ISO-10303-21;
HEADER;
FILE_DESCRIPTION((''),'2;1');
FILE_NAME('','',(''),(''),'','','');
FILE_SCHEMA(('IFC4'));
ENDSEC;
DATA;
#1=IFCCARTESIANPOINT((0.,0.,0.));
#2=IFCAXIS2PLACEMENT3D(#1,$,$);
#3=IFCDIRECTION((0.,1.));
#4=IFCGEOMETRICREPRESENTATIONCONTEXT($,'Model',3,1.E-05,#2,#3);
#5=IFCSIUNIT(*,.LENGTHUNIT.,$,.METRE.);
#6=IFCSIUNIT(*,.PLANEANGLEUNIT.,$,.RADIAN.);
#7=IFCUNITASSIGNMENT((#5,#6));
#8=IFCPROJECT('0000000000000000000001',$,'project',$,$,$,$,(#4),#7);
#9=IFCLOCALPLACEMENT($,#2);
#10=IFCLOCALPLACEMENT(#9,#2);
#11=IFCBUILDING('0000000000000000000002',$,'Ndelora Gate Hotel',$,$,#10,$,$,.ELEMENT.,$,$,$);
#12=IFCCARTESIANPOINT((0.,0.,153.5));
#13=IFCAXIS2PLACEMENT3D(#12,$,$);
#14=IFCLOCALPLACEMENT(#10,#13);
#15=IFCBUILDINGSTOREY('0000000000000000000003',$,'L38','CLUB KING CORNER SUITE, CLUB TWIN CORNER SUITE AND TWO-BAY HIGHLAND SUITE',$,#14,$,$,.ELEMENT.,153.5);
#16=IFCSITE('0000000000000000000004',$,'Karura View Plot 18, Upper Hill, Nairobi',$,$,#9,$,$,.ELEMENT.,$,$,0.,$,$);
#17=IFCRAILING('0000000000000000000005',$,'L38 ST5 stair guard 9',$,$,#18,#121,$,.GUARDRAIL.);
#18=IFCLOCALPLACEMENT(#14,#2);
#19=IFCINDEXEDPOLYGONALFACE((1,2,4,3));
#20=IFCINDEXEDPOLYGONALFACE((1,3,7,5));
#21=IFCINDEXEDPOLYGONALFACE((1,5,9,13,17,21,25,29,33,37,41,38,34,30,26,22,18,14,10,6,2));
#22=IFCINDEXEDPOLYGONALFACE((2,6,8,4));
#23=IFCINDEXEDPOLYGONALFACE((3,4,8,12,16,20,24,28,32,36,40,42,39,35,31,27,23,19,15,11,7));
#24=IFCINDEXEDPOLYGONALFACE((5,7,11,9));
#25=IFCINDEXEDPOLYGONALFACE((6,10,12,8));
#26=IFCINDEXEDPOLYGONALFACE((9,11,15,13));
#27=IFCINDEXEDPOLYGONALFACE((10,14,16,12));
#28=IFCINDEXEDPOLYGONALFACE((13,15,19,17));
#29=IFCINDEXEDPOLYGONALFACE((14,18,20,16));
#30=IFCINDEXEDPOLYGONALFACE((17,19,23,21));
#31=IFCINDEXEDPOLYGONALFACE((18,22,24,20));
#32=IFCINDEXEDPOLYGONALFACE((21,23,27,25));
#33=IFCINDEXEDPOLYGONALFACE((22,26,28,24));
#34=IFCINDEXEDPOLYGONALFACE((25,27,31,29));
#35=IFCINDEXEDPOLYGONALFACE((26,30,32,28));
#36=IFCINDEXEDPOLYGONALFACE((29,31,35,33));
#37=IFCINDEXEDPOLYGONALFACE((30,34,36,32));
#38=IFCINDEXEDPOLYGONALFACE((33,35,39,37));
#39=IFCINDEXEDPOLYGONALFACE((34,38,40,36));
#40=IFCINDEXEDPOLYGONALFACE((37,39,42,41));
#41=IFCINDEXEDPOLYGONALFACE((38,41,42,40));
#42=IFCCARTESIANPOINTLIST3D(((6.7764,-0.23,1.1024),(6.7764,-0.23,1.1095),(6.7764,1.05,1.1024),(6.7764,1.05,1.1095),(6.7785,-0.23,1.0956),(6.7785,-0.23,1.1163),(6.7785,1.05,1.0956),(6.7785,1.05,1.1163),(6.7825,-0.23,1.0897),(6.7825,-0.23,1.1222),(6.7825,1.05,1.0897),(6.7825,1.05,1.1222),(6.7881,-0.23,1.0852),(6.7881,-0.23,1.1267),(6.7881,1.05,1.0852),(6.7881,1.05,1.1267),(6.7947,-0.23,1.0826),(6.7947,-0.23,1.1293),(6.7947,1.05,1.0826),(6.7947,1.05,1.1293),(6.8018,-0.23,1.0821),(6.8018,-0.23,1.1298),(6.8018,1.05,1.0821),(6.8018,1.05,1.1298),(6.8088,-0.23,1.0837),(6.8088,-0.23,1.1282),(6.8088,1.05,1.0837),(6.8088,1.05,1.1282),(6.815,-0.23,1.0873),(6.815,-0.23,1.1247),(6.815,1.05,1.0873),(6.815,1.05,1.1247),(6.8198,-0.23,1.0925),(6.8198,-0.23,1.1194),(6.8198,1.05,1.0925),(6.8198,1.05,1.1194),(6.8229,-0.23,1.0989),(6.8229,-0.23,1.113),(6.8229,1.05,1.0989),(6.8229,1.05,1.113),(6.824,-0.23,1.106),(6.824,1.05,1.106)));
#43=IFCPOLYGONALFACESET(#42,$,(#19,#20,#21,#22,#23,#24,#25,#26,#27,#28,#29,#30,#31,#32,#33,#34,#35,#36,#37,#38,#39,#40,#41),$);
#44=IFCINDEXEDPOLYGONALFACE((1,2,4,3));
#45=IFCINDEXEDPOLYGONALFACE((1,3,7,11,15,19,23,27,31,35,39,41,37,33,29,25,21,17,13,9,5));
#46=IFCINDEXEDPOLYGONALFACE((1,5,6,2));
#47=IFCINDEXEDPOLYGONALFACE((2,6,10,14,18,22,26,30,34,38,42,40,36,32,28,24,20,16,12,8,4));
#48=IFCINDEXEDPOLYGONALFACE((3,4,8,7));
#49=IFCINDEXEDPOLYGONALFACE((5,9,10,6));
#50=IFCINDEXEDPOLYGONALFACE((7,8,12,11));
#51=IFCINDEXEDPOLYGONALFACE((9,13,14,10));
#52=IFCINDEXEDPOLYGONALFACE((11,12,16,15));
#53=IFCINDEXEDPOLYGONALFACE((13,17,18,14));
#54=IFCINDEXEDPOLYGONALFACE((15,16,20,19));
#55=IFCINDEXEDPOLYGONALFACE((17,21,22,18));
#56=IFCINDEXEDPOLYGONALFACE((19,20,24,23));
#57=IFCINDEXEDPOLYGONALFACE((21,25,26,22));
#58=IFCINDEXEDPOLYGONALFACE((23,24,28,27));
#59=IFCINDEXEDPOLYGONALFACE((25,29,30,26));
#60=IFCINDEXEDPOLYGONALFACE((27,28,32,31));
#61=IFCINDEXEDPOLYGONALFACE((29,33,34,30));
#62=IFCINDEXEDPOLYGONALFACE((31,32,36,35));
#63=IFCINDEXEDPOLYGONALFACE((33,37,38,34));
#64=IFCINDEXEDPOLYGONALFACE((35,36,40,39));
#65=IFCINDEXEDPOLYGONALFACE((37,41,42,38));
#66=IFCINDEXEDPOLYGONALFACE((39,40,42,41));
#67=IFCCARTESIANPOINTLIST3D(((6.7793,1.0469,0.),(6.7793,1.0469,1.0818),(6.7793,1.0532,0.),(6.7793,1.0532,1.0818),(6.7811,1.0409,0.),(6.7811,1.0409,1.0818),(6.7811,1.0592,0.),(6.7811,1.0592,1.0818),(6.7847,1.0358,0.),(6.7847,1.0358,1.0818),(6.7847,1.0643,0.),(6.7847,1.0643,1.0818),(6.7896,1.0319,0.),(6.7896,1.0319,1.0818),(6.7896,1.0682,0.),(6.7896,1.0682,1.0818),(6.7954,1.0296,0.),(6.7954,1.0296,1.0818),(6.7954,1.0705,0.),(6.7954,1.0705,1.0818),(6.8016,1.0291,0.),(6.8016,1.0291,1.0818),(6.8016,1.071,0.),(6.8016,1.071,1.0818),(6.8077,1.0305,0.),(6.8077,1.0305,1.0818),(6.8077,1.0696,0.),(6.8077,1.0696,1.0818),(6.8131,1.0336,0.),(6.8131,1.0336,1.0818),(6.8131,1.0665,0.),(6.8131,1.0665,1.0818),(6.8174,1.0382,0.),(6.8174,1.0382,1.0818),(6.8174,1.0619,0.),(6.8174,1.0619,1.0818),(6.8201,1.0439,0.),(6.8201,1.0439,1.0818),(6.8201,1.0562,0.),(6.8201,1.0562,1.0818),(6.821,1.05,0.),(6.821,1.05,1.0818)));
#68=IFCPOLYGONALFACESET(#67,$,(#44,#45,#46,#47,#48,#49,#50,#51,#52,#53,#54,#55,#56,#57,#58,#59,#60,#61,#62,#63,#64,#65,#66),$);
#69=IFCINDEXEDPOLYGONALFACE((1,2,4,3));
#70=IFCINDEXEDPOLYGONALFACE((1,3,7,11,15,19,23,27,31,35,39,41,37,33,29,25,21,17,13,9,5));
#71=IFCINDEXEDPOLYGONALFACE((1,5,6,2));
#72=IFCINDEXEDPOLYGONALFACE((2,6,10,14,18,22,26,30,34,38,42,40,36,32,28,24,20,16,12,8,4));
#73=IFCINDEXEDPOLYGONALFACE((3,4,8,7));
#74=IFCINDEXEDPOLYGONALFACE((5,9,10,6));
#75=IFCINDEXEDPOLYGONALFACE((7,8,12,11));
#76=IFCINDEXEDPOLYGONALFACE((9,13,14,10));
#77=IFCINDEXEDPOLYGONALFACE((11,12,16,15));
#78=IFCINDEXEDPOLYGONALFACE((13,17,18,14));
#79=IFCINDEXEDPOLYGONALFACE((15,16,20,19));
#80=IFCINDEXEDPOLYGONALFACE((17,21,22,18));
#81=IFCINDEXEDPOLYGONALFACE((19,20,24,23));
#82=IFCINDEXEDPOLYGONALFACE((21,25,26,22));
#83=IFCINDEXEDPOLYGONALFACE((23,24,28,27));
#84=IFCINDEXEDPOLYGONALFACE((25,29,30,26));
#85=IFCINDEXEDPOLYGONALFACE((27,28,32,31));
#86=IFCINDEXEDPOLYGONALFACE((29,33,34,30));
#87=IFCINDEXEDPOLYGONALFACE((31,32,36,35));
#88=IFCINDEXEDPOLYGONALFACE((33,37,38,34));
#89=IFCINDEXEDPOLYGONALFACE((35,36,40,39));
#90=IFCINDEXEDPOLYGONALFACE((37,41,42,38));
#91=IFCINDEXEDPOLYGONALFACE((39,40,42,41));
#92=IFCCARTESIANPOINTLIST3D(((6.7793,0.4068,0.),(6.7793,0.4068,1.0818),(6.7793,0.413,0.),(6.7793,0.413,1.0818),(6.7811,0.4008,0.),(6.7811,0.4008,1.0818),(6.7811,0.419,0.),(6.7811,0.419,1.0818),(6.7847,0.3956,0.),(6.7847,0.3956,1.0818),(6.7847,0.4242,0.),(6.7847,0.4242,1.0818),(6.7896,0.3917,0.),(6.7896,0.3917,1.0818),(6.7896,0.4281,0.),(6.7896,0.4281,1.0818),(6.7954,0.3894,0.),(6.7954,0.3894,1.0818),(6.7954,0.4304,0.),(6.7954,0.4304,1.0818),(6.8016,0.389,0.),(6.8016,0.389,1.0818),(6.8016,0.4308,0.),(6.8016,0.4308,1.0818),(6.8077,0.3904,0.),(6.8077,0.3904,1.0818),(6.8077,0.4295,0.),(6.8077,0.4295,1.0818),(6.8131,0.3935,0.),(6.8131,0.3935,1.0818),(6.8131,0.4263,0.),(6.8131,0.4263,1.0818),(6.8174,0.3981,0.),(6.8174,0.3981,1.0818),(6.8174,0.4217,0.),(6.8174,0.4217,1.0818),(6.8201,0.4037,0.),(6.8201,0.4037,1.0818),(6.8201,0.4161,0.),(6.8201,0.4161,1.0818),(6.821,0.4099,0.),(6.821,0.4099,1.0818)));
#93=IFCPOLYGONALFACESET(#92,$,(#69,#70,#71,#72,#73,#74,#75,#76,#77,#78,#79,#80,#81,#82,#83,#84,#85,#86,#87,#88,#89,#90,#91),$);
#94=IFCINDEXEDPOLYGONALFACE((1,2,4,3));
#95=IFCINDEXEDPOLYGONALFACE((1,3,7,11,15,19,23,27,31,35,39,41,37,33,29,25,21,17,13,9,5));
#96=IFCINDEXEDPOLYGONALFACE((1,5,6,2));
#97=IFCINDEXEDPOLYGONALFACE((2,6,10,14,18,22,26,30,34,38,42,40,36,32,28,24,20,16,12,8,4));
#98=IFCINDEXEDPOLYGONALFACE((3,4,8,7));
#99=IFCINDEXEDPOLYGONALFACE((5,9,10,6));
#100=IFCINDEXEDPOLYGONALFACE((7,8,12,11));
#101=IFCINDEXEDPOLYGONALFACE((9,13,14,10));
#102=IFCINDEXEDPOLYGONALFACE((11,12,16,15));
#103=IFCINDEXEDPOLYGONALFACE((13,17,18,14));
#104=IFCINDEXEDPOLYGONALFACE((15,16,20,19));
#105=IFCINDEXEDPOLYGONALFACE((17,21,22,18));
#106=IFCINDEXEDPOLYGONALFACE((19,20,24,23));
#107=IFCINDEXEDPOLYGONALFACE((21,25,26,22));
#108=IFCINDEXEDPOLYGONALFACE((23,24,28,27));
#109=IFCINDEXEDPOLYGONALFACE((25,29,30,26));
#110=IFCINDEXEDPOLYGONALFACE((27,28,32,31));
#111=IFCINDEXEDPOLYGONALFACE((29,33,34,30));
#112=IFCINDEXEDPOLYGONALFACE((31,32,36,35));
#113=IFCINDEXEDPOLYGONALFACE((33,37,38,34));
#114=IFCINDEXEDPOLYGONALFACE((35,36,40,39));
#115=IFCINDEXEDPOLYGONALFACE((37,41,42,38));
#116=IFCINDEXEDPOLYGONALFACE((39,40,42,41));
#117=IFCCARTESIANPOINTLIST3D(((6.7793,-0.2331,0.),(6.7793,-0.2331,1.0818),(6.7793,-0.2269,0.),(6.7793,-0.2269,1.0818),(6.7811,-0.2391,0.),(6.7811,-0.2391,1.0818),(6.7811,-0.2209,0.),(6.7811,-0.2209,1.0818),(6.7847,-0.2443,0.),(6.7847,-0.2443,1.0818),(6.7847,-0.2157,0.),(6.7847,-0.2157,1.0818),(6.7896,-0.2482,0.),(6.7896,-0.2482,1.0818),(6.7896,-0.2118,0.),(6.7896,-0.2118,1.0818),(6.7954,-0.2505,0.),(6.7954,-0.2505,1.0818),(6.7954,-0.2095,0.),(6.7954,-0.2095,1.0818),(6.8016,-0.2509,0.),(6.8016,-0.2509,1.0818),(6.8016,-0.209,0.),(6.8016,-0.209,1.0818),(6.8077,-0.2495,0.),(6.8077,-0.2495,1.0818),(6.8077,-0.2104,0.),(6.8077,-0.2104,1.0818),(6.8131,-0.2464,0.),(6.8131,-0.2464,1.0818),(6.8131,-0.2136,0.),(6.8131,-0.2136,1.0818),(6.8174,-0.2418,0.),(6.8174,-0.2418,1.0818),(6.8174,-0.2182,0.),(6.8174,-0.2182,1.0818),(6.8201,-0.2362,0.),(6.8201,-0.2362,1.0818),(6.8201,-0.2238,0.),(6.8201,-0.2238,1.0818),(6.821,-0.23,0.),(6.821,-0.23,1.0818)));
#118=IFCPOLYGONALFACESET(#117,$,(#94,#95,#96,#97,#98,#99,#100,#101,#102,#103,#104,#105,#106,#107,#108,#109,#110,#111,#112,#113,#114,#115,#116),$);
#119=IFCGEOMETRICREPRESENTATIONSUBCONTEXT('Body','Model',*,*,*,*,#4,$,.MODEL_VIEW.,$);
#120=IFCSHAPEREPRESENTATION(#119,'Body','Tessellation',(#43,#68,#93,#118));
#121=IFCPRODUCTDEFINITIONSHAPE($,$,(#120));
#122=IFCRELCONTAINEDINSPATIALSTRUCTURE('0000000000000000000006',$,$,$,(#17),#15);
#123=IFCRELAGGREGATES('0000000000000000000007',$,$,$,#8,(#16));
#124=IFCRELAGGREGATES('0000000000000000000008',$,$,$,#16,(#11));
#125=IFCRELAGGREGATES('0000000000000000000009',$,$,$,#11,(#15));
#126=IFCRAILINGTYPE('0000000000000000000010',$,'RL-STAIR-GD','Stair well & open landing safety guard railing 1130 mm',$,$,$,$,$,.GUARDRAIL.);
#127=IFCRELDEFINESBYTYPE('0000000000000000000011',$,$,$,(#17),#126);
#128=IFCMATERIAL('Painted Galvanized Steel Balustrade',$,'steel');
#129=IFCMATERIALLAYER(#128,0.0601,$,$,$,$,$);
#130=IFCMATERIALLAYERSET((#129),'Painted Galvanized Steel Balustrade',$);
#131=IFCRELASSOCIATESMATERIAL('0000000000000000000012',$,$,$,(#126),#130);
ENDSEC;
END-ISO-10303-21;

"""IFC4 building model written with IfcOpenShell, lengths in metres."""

from ifc_helpers import new_model, si_unit, direction, frame, origin, origin_2d, place, context, subcontext, project, spatial, circle, extrude, material, layer, layer_set, type_object, element, save


model = new_model("IFC4")

# Units and contexts
model_context = context("Model", 3, precision=1e-05, world=origin(), true_north=direction((0.0, 1.0)))
body_context = subcontext(model_context, "Body", "Model", "MODEL_VIEW")
ifc_project = project(units=[si_unit("LENGTHUNIT", "METRE"), si_unit("PLANEANGLEUNIT", "RADIAN")], contexts=[model_context])

# Site, building, storey
site_placement = place(None, origin())
site = spatial("IfcSite", under=ifc_project, at=site_placement, Name="Karura View Plot 18, Upper Hill, Nairobi", CompositionType="ELEMENT", RefElevation=0.0)
building_placement = place(site_placement, origin())
building = spatial("IfcBuilding", under=site, at=building_placement, Name="Ndelora Gate Hotel", CompositionType="ELEMENT")
storey_placement = place(building_placement, frame((0.0, 0.0, 153.5)))
storey = spatial("IfcBuildingStorey", under=building, at=storey_placement, Name="L38", Description="CLUB KING CORNER SUITE, CLUB TWIN CORNER SUITE AND TWO-BAY HIGHLAND SUITE", CompositionType="ELEMENT", Elevation=153.5)

# Railing
ifc_material_1 = material(Name="Painted Galvanized Steel Balustrade", Category="steel")
ifc_layer_1 = layer(ifc_material_1, 0.0601)
ifc_layer_set_1 = layer_set([ifc_layer_1], Name="Painted Galvanized Steel Balustrade")
railing_type = type_object("IfcRailingType", Name="RL-STAIR-GD", Description="Stair well & open landing safety guard railing 1130 mm", PredefinedType="GUARDRAIL", material=ifc_layer_set_1)
for number, where, name in (
    (1, (6.8, 1.05, 0.0), "L38 ST5 stair guard 9"),
):
    element("IfcRailing", number, at=place(storey_placement, frame(where)), inside=storey, type_object=railing_type, Name=name, PredefinedType="GUARDRAIL", context=body_context, shape_type="SweptSolid", body=[
        extrude(circle(Radius=0.0239, at=origin_2d()), frame((0.0, 0.0, 1.106), z_axis=(0.0, -1.0, 0.0), x_axis=(1.0, 0.0, 0.0)), (0.0, 0.0, 1.0), 1.28),
        extrude(circle(Radius=0.021, at=origin_2d()), origin(), (0.0, 0.0, 1.0), 1.0818),
        extrude(circle(Radius=0.021, at=origin_2d()), frame((0.0, -0.6401, 0.0)), (0.0, 0.0, 1.0), 1.0818),
        extrude(circle(Radius=0.021, at=origin_2d()), frame((0.0, -1.28, 0.0)), (0.0, 0.0, 1.0), 1.0818),
    ])

save(model, "model.ifc")
